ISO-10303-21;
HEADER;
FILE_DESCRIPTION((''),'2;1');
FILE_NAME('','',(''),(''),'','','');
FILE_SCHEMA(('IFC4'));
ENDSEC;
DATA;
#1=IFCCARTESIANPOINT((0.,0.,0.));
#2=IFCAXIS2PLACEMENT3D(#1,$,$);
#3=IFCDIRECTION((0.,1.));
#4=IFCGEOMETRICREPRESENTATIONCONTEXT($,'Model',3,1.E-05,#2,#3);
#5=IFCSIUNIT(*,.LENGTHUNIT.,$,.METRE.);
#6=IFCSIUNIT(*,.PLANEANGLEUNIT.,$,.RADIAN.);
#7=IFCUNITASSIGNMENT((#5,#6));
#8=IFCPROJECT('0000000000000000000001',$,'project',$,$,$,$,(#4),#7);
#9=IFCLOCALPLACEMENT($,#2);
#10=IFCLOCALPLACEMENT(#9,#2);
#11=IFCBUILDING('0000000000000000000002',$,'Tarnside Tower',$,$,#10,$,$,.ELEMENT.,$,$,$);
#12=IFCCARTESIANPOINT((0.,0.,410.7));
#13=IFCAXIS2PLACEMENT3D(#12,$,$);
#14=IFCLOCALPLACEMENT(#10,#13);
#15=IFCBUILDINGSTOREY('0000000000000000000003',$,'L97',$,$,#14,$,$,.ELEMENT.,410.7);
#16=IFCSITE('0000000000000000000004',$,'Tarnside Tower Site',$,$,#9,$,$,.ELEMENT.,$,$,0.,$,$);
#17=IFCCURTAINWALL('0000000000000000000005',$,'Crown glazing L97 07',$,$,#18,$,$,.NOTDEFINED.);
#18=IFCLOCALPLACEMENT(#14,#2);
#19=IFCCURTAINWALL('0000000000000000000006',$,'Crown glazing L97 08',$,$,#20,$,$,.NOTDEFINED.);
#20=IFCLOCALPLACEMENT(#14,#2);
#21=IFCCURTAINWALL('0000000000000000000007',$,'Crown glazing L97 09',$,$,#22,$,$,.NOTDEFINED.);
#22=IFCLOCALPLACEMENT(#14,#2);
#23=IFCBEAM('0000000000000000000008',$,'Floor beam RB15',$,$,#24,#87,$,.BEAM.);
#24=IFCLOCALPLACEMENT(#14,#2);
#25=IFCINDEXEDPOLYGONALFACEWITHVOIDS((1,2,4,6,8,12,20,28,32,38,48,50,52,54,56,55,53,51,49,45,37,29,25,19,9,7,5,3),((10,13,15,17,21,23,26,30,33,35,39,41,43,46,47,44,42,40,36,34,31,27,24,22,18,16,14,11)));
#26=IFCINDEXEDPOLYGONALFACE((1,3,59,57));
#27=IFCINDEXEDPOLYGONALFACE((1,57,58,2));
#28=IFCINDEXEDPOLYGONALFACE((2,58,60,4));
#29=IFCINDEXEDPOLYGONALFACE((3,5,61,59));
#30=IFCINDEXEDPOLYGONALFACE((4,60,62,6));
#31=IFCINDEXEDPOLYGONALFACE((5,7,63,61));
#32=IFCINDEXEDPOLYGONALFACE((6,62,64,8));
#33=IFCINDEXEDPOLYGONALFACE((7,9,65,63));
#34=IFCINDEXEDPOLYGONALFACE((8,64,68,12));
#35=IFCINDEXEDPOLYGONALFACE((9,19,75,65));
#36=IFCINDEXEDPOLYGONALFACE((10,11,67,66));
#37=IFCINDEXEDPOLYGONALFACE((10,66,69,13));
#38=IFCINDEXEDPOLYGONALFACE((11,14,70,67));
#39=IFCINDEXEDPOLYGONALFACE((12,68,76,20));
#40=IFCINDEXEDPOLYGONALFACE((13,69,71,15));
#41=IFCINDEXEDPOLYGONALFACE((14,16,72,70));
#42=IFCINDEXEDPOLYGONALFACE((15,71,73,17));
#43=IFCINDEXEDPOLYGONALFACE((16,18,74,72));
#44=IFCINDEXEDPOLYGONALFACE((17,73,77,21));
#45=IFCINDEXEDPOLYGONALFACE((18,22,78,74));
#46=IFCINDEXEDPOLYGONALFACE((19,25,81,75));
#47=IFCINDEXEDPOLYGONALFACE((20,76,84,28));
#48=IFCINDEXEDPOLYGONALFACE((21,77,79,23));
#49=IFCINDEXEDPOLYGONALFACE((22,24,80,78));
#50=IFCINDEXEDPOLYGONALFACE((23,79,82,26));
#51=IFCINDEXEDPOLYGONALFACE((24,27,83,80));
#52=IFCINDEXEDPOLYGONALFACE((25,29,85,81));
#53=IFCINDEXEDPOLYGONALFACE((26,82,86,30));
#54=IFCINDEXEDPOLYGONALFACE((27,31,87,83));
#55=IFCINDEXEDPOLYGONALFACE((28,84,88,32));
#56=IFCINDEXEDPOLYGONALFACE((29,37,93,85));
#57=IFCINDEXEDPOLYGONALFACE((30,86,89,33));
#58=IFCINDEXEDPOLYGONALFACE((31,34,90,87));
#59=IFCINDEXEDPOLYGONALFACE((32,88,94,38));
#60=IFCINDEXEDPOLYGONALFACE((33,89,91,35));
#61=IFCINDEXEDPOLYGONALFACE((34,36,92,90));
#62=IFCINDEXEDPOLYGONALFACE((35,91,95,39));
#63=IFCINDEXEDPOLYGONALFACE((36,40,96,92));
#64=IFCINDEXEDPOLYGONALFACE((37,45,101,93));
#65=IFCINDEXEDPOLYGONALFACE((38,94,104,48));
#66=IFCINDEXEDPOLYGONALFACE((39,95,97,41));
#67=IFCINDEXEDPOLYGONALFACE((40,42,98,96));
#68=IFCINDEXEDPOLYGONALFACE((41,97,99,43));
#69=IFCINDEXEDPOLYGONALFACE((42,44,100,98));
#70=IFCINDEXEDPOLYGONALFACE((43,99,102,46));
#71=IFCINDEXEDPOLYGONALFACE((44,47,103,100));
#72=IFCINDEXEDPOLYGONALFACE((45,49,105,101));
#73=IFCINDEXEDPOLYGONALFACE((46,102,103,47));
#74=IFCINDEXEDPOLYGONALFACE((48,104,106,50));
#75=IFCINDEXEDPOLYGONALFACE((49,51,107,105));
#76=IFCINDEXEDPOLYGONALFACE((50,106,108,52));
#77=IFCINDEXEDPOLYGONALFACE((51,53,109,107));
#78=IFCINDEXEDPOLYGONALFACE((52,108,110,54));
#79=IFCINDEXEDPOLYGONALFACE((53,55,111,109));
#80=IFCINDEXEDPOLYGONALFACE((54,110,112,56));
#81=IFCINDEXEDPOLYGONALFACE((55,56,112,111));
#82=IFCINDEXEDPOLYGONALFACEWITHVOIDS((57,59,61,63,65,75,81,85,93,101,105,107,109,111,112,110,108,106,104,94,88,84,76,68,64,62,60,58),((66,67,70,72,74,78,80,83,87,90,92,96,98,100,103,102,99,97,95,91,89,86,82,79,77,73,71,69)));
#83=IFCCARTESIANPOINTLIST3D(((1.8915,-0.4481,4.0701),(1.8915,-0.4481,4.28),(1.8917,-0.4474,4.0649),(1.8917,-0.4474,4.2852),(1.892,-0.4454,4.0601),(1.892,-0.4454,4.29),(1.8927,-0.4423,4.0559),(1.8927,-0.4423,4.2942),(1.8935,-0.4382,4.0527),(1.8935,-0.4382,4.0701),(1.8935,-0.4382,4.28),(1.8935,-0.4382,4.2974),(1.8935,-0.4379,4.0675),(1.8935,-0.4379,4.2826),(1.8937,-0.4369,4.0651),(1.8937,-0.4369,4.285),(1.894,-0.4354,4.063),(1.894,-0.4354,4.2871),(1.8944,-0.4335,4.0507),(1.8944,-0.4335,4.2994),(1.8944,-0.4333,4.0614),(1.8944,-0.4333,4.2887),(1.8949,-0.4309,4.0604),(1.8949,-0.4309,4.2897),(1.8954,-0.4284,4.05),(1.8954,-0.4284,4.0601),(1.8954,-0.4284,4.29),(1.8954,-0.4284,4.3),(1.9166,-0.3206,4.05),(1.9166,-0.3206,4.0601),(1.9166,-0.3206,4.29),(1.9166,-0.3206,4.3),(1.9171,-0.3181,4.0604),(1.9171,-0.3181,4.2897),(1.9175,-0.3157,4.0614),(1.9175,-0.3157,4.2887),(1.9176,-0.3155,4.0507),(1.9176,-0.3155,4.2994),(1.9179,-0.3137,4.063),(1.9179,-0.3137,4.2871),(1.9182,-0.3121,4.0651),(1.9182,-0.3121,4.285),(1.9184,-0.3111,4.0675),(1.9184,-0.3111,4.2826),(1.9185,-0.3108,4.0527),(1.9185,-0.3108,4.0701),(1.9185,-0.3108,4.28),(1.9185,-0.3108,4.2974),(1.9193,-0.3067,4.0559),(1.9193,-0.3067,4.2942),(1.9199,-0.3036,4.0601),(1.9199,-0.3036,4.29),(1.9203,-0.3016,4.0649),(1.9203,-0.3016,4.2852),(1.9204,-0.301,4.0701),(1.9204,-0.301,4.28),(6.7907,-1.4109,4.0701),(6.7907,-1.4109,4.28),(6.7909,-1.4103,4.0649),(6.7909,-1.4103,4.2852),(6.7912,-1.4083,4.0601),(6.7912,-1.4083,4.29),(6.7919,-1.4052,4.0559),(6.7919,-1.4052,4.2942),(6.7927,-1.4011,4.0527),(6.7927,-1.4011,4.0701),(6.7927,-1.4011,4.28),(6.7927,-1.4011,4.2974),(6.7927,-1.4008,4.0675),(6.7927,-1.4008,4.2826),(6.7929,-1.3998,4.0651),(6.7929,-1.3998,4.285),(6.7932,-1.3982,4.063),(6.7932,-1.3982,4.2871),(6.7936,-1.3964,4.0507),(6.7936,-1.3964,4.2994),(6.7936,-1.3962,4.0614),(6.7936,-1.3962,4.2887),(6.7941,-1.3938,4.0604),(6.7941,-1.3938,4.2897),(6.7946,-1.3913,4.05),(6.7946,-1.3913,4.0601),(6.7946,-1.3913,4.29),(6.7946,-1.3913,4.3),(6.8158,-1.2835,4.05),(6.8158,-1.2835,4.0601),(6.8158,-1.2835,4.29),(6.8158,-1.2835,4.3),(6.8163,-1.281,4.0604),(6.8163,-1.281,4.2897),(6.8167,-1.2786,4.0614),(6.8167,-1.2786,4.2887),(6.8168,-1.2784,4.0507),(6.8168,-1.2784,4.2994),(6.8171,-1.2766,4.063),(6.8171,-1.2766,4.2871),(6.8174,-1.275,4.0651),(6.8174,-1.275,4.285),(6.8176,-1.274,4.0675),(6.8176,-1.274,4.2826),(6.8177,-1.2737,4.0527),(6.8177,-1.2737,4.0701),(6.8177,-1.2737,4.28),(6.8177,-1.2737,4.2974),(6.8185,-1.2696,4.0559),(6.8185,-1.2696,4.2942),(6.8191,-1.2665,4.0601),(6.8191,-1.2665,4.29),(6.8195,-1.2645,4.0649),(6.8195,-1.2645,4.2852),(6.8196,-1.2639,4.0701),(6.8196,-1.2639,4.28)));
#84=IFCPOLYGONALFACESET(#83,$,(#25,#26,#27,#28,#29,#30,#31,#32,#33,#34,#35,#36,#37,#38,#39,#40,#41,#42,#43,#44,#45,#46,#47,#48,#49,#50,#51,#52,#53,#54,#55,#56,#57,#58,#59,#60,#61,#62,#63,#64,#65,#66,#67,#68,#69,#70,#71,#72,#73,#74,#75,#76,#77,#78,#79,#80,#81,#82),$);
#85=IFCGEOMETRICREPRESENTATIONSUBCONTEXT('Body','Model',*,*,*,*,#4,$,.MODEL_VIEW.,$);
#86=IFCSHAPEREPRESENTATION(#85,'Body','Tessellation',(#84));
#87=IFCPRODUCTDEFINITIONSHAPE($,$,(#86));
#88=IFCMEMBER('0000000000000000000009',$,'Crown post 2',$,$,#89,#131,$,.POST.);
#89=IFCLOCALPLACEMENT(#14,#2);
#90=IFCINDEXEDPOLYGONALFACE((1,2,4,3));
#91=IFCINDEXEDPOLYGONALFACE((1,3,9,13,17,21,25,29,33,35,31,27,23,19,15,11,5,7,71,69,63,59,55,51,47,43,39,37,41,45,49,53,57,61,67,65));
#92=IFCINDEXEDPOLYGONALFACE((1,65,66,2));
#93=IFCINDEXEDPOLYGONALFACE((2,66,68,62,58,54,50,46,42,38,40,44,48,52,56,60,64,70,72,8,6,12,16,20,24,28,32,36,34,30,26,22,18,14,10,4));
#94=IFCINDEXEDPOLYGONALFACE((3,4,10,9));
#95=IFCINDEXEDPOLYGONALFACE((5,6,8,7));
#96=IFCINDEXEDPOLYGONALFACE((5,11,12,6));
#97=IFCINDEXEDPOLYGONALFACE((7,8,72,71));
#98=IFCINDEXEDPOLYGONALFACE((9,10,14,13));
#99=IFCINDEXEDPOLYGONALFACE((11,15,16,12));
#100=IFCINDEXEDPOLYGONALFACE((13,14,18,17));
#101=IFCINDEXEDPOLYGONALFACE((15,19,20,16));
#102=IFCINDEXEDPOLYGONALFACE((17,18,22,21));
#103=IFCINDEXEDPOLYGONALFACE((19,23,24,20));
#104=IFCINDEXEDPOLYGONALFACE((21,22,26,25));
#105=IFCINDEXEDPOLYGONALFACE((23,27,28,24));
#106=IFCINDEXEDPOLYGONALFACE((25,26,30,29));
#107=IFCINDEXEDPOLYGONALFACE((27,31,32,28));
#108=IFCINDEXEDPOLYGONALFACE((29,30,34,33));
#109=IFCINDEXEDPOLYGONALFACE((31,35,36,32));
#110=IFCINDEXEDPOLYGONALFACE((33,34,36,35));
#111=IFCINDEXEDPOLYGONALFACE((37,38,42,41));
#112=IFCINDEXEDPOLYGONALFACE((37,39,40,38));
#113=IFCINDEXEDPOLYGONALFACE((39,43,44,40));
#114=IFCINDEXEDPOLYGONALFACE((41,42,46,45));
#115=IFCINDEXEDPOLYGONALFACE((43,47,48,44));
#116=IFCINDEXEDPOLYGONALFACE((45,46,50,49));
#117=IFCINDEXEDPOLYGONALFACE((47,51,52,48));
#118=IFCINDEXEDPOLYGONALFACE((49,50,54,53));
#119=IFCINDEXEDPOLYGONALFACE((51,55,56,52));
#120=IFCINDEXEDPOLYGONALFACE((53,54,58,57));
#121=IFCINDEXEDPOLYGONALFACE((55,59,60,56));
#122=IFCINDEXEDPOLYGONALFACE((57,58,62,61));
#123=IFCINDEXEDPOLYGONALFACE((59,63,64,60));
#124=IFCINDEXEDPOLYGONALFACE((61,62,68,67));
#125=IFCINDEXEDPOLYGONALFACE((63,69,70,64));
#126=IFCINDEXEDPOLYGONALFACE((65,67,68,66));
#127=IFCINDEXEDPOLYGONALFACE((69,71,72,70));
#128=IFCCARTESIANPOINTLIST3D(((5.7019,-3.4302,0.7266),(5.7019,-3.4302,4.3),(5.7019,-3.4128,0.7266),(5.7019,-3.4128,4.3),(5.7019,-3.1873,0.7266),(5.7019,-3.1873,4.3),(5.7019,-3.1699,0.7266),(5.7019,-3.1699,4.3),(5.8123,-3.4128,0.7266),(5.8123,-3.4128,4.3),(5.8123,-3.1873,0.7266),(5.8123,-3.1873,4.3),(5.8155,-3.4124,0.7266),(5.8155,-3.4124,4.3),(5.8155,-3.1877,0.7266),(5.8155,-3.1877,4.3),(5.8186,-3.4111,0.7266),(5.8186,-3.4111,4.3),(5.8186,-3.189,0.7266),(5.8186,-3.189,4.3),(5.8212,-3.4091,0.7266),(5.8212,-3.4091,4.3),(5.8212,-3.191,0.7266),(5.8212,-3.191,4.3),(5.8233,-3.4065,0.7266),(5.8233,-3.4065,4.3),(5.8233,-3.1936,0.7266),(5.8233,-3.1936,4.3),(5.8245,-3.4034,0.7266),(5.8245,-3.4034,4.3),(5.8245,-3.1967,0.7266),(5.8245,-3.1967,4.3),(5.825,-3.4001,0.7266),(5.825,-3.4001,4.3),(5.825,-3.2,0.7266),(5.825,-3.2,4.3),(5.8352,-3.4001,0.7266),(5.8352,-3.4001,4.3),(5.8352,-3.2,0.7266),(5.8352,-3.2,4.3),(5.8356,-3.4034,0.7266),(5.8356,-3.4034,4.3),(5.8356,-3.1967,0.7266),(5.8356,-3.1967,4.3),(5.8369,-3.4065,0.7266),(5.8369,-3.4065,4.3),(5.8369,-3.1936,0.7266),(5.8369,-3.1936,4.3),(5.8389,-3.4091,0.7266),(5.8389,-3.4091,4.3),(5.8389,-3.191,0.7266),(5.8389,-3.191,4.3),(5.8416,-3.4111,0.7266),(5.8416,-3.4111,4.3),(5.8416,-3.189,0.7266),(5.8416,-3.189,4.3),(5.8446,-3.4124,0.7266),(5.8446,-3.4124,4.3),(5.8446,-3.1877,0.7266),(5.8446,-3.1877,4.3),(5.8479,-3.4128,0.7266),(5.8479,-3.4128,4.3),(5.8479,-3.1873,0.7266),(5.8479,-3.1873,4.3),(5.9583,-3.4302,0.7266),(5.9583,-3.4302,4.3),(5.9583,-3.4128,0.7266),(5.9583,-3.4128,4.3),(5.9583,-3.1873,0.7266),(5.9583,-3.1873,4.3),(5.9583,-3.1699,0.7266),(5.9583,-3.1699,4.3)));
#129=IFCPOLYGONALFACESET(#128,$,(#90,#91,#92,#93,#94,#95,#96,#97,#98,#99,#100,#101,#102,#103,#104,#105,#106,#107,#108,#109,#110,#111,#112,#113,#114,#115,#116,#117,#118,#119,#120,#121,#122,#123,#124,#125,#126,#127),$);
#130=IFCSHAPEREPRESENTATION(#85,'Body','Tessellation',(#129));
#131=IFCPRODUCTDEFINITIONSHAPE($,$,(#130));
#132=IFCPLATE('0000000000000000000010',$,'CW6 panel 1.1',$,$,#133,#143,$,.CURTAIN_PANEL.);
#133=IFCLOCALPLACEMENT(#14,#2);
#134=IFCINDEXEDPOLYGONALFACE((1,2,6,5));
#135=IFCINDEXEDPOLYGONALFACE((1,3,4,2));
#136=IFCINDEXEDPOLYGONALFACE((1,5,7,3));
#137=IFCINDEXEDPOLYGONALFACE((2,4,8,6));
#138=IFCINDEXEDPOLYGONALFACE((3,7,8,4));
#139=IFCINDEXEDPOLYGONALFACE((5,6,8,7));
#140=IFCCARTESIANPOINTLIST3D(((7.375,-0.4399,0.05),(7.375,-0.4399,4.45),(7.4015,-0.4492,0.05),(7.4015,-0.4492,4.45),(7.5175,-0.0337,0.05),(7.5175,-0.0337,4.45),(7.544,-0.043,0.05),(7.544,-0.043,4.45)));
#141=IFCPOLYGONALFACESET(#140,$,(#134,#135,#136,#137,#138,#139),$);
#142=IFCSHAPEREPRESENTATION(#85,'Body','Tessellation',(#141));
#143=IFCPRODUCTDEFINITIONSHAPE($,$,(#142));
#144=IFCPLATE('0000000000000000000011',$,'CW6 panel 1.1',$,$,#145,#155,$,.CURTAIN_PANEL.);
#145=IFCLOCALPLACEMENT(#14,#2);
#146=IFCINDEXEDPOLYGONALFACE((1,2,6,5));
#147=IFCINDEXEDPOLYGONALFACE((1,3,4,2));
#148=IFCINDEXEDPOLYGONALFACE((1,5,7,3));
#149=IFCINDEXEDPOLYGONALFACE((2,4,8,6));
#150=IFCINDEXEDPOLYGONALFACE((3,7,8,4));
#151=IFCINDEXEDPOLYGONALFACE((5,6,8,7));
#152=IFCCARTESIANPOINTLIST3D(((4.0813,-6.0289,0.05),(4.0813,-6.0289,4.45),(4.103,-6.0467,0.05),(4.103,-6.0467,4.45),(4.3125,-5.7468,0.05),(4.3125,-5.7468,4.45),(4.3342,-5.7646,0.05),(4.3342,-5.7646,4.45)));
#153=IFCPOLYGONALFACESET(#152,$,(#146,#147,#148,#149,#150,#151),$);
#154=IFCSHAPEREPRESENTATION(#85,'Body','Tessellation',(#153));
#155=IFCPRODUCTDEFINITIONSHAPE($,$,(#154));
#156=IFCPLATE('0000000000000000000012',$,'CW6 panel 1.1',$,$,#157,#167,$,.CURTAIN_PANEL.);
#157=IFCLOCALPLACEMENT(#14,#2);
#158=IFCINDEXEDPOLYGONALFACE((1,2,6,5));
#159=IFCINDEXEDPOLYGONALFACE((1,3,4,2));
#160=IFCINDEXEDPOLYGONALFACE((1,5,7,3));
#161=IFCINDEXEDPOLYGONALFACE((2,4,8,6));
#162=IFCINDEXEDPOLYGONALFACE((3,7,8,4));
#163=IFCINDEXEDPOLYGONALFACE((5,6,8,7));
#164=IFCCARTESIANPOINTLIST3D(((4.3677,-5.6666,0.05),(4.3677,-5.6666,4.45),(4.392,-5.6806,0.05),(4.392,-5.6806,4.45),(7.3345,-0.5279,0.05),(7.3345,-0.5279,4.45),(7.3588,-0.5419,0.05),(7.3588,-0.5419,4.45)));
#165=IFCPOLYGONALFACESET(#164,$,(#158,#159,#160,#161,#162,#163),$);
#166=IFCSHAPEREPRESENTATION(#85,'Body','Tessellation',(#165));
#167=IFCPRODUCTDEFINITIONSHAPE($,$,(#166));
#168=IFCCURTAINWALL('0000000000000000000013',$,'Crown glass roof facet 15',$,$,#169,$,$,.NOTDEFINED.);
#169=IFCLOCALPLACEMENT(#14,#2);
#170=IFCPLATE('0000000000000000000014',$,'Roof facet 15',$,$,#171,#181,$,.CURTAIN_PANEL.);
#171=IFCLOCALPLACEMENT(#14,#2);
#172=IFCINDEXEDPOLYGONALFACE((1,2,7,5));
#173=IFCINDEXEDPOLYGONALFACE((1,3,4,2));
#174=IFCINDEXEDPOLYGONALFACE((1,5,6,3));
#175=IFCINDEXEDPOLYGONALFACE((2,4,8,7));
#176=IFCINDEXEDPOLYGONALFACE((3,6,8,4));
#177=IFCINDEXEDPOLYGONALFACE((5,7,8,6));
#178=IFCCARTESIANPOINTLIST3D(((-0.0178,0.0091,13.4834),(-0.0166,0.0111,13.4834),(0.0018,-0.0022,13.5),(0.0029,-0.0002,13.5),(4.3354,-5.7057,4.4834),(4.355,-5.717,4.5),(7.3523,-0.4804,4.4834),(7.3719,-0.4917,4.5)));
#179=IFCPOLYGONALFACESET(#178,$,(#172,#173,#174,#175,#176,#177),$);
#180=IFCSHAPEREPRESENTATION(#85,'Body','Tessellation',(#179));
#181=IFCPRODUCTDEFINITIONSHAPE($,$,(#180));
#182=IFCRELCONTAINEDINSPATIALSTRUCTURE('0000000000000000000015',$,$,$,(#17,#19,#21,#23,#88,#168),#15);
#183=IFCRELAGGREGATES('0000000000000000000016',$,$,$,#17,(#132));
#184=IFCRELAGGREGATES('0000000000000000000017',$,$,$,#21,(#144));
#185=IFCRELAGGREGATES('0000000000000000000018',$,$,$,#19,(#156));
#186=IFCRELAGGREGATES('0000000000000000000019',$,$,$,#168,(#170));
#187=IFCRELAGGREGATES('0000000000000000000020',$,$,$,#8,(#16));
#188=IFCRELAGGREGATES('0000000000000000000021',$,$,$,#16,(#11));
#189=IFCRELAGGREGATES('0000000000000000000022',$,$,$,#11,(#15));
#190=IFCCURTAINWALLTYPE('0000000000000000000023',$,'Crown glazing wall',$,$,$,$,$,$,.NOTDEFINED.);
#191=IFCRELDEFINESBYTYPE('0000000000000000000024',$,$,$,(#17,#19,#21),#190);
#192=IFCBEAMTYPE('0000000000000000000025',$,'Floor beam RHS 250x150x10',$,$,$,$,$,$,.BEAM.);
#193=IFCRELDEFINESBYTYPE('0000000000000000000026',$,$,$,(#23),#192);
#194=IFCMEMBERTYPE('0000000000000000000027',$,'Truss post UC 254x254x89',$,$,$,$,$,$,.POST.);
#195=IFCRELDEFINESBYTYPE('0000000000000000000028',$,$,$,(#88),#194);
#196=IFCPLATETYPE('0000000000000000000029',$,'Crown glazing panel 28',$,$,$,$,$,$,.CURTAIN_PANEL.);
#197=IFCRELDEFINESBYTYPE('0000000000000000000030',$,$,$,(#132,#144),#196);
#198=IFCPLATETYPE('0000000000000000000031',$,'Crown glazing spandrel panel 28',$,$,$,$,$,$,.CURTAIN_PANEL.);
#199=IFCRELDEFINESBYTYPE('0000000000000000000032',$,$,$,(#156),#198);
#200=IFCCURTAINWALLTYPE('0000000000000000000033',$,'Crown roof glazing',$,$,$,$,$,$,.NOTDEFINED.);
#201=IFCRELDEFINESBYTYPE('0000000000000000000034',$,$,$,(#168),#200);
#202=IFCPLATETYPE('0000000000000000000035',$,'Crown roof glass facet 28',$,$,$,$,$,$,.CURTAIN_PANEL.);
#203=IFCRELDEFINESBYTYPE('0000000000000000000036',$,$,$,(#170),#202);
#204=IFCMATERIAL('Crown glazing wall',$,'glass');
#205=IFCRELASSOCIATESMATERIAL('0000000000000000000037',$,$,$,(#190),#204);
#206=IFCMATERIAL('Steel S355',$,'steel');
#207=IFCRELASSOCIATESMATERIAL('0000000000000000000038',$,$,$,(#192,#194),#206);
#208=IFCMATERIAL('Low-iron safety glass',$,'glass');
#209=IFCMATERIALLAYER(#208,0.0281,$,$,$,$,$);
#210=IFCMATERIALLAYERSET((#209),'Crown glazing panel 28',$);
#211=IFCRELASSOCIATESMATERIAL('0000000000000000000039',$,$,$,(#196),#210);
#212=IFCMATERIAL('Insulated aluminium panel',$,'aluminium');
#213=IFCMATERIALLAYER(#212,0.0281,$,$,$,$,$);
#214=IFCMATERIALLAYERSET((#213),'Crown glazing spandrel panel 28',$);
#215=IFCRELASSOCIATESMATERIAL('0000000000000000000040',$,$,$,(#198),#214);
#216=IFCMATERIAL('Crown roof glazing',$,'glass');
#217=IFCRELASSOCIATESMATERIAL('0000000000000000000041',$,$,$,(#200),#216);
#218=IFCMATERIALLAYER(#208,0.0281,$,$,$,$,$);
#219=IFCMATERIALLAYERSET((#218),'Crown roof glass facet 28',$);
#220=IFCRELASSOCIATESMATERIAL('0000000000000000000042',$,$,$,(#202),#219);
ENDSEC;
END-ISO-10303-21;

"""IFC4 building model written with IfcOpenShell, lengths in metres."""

from ifc_helpers import new_model, si_unit, direction, frame, origin, origin_2d, place, context, subcontext, project, spatial, polyline, rectangle, hollow_rectangle, i_section, outline, extrude, material, layer, layer_set, material_profile, profile_set, type_object, element, aggregate, save


model = new_model("IFC4")

# Units and contexts
model_context = context("Model", 3, precision=1e-05, world=origin(), true_north=direction((0.0, 1.0)))
body_context = subcontext(model_context, "Body", "Model", "MODEL_VIEW")
ifc_project = project(units=[si_unit("LENGTHUNIT", "METRE"), si_unit("PLANEANGLEUNIT", "RADIAN")], contexts=[model_context])

# Site, building, storey
site_placement = place(None, origin())
site = spatial("IfcSite", under=ifc_project, at=site_placement, Name="Tarnside Tower Site", CompositionType="ELEMENT", RefElevation=0.0)
building_placement = place(site_placement, origin())
building = spatial("IfcBuilding", under=site, at=building_placement, Name="Tarnside Tower", CompositionType="ELEMENT")
storey_placement = place(building_placement, frame((0.0, 0.0, 410.7)))
storey = spatial("IfcBuildingStorey", under=building, at=storey_placement, Name="L97", CompositionType="ELEMENT", Elevation=410.7)

# Curtain walls
ifc_material_1 = material(Name="Crown glazing wall", Category="glass")
curtain_wall_type_1 = type_object("IfcCurtainWallType", Name="Crown glazing wall", PredefinedType="NOTDEFINED", material=ifc_material_1)
curtain_wall_1_placement = place(storey_placement, origin())
curtain_wall_1 = element("IfcCurtainWall", 1, at=curtain_wall_1_placement, inside=storey, type_object=curtain_wall_type_1, Name="Crown glazing L97 07", PredefinedType="NOTDEFINED")
curtain_wall_2_placement = place(storey_placement, origin())
curtain_wall_2 = element("IfcCurtainWall", 2, at=curtain_wall_2_placement, inside=storey, type_object=curtain_wall_type_1, Name="Crown glazing L97 08", PredefinedType="NOTDEFINED")
curtain_wall_3_placement = place(storey_placement, origin())
curtain_wall_3 = element("IfcCurtainWall", 3, at=curtain_wall_3_placement, inside=storey, type_object=curtain_wall_type_1, Name="Crown glazing L97 09", PredefinedType="NOTDEFINED")

# Beam
ifc_material_2 = material(Name="Steel S355", Category="steel")
ifc_material_profile_1 = material_profile(ifc_material_2, hollow_rectangle(XDim=0.1499, YDim=0.25, WallThickness=0.01, InnerFilletRadius=0.01, OuterFilletRadius=0.02, at=origin_2d()), Name="RHS 250x150x10")
ifc_profile_set_1 = profile_set([ifc_material_profile_1], Name="Steel S355")
beam_type = type_object("IfcBeamType", Name="Floor beam RHS 250x150x10", PredefinedType="BEAM", material=ifc_profile_set_1)
beam_1_placement = place(storey_placement, frame((6.8052, -1.3374, 4.175), z_axis=(-0.981228, 0.192852, 0.0), x_axis=(-0.192852, -0.981228, 0.0)))
element("IfcBeam", 4, at=beam_1_placement, inside=storey, type_object=beam_type, Name="Floor beam RB15", PredefinedType="BEAM", context=body_context, shape_type="SweptSolid", body=[
    extrude(hollow_rectangle(XDim=0.1499, YDim=0.25, WallThickness=0.01, InnerFilletRadius=0.01, OuterFilletRadius=0.02, at=origin_2d()), origin(), (0.0, 0.0, 1.0), 4.9929),
])

# Member
ifc_material_profile_2 = material_profile(ifc_material_2, i_section(OverallWidth=0.2563, OverallDepth=0.2603, WebThickness=0.0103, FlangeThickness=0.0173, FilletRadius=0.0127, at=origin_2d()), Name="UC 254x254x89")
ifc_profile_set_2 = profile_set([ifc_material_profile_2], Name="Steel S355")
member_type_1 = type_object("IfcMemberType", Name="Truss post UC 254x254x89", PredefinedType="POST", material=ifc_profile_set_2)
member_1_placement = place(storey_placement, frame((5.8301, -3.3, 0.7266), z_axis=(0.0, 0.0, 1.0), x_axis=(1.0, 0.0, 0.0)))
element("IfcMember", 5, at=member_1_placement, inside=storey, type_object=member_type_1, Name="Crown post 2", PredefinedType="POST", context=body_context, shape_type="SweptSolid", body=[
    extrude(i_section(OverallWidth=0.2563, OverallDepth=0.2603, WebThickness=0.0103, FlangeThickness=0.0173, FilletRadius=0.0127, at=origin_2d()), origin(), (0.0, 0.0, 1.0), 3.5735),
])

# Plates
ifc_material_3 = material(Name="Low-iron safety glass", Category="glass")
ifc_layer_1 = layer(ifc_material_3, 0.0281)
ifc_layer_set_1 = layer_set([ifc_layer_1], Name="Crown glazing panel 28")
plate_type_1 = type_object("IfcPlateType", Name="Crown glazing panel 28", PredefinedType="CURTAIN_PANEL", material=ifc_layer_set_1)
plate_1_placement = place(storey_placement, frame((7.4595, -0.2415, 0.05), z_axis=(0.0, 0.0, 1.0), x_axis=(-0.331063, -0.943609, 0.0)))
plate_1 = element("IfcPlate", 6, at=plate_1_placement, type_object=plate_type_1, Name="CW6 panel 1.1", PredefinedType="CURTAIN_PANEL", context=body_context, shape_type="SweptSolid", body=[
    extrude(rectangle(XDim=0.4304, YDim=0.0281, at=origin_2d()), origin(), (0.0, 0.0, 1.0), 4.3999),
])
aggregate(curtain_wall_1, [plate_1])
plate_2_placement = place(storey_placement, frame((4.2078, -5.8967, 0.05), z_axis=(0.0, 0.0, 1.0), x_axis=(-0.633831, -0.773472, 0.0)))
plate_2 = element("IfcPlate", 7, at=plate_2_placement, type_object=plate_type_1, Name="CW6 panel 1.1", PredefinedType="CURTAIN_PANEL", context=body_context, shape_type="SweptSolid", body=[
    extrude(rectangle(XDim=0.3647, YDim=0.0281, at=origin_2d()), origin(), (0.0, 0.0, 1.0), 4.3999),
])
aggregate(curtain_wall_3, [plate_2])
ifc_material_4 = material(Name="Insulated aluminium panel", Category="aluminium")
ifc_layer_2 = layer(ifc_material_4, 0.0281)
ifc_layer_set_2 = layer_set([ifc_layer_2], Name="Crown glazing spandrel panel 28")
plate_type_2 = type_object("IfcPlateType", Name="Crown glazing spandrel panel 28", PredefinedType="CURTAIN_PANEL", material=ifc_layer_set_2)
plate_3_placement = place(storey_placement, frame((5.8633, -3.1042, 0.05), z_axis=(0.0, 0.0, 1.0), x_axis=(-0.5, -0.866025, 0.0)))
plate_3 = element("IfcPlate", 8, at=plate_3_placement, type_object=plate_type_2, Name="CW6 panel 1.1", PredefinedType="CURTAIN_PANEL", context=body_context, shape_type="SweptSolid", body=[
    extrude(rectangle(XDim=5.9336, YDim=0.0281, at=origin_2d()), origin(), (0.0, 0.0, 1.0), 4.3999),
])
aggregate(curtain_wall_2, [plate_3])

# Curtain wall, plate
ifc_material_5 = material(Name="Crown roof glazing", Category="glass")
curtain_wall_type_2 = type_object("IfcCurtainWallType", Name="Crown roof glazing", PredefinedType="NOTDEFINED", material=ifc_material_5)
ifc_layer_3 = layer(ifc_material_3, 0.0281)
ifc_layer_set_3 = layer_set([ifc_layer_3], Name="Crown roof glass facet 28")
plate_type_3 = type_object("IfcPlateType", Name="Crown roof glass facet 28", PredefinedType="CURTAIN_PANEL", material=ifc_layer_set_3)
curtain_wall_4_placement = place(storey_placement, origin())
curtain_wall_4 = element("IfcCurtainWall", 9, at=curtain_wall_4_placement, inside=storey, type_object=curtain_wall_type_2, Name="Crown glass roof facet 15", PredefinedType="NOTDEFINED")
plate_4_placement = place(storey_placement, frame((4.355, -5.717, 4.5), z_axis=(0.697348, -0.402625, 0.592958), x_axis=(0.500007, 0.866022, 0.000006)))
plate_4 = element("IfcPlate", 10, at=plate_4_placement, type_object=plate_type_3, Name="Roof facet 15", PredefinedType="CURTAIN_PANEL", context=body_context, shape_type="SweptSolid", body=[
    extrude(outline(polyline([(0.0, 0.0), (6.0337, 0.0), (2.7749, 11.1769), (2.7726, 11.1769), (0.0, 0.0)])), origin(), (0.0, 0.0, -1.0), 0.0281),
])
aggregate(curtain_wall_4, [plate_4])

save(model, "model.ifc")
